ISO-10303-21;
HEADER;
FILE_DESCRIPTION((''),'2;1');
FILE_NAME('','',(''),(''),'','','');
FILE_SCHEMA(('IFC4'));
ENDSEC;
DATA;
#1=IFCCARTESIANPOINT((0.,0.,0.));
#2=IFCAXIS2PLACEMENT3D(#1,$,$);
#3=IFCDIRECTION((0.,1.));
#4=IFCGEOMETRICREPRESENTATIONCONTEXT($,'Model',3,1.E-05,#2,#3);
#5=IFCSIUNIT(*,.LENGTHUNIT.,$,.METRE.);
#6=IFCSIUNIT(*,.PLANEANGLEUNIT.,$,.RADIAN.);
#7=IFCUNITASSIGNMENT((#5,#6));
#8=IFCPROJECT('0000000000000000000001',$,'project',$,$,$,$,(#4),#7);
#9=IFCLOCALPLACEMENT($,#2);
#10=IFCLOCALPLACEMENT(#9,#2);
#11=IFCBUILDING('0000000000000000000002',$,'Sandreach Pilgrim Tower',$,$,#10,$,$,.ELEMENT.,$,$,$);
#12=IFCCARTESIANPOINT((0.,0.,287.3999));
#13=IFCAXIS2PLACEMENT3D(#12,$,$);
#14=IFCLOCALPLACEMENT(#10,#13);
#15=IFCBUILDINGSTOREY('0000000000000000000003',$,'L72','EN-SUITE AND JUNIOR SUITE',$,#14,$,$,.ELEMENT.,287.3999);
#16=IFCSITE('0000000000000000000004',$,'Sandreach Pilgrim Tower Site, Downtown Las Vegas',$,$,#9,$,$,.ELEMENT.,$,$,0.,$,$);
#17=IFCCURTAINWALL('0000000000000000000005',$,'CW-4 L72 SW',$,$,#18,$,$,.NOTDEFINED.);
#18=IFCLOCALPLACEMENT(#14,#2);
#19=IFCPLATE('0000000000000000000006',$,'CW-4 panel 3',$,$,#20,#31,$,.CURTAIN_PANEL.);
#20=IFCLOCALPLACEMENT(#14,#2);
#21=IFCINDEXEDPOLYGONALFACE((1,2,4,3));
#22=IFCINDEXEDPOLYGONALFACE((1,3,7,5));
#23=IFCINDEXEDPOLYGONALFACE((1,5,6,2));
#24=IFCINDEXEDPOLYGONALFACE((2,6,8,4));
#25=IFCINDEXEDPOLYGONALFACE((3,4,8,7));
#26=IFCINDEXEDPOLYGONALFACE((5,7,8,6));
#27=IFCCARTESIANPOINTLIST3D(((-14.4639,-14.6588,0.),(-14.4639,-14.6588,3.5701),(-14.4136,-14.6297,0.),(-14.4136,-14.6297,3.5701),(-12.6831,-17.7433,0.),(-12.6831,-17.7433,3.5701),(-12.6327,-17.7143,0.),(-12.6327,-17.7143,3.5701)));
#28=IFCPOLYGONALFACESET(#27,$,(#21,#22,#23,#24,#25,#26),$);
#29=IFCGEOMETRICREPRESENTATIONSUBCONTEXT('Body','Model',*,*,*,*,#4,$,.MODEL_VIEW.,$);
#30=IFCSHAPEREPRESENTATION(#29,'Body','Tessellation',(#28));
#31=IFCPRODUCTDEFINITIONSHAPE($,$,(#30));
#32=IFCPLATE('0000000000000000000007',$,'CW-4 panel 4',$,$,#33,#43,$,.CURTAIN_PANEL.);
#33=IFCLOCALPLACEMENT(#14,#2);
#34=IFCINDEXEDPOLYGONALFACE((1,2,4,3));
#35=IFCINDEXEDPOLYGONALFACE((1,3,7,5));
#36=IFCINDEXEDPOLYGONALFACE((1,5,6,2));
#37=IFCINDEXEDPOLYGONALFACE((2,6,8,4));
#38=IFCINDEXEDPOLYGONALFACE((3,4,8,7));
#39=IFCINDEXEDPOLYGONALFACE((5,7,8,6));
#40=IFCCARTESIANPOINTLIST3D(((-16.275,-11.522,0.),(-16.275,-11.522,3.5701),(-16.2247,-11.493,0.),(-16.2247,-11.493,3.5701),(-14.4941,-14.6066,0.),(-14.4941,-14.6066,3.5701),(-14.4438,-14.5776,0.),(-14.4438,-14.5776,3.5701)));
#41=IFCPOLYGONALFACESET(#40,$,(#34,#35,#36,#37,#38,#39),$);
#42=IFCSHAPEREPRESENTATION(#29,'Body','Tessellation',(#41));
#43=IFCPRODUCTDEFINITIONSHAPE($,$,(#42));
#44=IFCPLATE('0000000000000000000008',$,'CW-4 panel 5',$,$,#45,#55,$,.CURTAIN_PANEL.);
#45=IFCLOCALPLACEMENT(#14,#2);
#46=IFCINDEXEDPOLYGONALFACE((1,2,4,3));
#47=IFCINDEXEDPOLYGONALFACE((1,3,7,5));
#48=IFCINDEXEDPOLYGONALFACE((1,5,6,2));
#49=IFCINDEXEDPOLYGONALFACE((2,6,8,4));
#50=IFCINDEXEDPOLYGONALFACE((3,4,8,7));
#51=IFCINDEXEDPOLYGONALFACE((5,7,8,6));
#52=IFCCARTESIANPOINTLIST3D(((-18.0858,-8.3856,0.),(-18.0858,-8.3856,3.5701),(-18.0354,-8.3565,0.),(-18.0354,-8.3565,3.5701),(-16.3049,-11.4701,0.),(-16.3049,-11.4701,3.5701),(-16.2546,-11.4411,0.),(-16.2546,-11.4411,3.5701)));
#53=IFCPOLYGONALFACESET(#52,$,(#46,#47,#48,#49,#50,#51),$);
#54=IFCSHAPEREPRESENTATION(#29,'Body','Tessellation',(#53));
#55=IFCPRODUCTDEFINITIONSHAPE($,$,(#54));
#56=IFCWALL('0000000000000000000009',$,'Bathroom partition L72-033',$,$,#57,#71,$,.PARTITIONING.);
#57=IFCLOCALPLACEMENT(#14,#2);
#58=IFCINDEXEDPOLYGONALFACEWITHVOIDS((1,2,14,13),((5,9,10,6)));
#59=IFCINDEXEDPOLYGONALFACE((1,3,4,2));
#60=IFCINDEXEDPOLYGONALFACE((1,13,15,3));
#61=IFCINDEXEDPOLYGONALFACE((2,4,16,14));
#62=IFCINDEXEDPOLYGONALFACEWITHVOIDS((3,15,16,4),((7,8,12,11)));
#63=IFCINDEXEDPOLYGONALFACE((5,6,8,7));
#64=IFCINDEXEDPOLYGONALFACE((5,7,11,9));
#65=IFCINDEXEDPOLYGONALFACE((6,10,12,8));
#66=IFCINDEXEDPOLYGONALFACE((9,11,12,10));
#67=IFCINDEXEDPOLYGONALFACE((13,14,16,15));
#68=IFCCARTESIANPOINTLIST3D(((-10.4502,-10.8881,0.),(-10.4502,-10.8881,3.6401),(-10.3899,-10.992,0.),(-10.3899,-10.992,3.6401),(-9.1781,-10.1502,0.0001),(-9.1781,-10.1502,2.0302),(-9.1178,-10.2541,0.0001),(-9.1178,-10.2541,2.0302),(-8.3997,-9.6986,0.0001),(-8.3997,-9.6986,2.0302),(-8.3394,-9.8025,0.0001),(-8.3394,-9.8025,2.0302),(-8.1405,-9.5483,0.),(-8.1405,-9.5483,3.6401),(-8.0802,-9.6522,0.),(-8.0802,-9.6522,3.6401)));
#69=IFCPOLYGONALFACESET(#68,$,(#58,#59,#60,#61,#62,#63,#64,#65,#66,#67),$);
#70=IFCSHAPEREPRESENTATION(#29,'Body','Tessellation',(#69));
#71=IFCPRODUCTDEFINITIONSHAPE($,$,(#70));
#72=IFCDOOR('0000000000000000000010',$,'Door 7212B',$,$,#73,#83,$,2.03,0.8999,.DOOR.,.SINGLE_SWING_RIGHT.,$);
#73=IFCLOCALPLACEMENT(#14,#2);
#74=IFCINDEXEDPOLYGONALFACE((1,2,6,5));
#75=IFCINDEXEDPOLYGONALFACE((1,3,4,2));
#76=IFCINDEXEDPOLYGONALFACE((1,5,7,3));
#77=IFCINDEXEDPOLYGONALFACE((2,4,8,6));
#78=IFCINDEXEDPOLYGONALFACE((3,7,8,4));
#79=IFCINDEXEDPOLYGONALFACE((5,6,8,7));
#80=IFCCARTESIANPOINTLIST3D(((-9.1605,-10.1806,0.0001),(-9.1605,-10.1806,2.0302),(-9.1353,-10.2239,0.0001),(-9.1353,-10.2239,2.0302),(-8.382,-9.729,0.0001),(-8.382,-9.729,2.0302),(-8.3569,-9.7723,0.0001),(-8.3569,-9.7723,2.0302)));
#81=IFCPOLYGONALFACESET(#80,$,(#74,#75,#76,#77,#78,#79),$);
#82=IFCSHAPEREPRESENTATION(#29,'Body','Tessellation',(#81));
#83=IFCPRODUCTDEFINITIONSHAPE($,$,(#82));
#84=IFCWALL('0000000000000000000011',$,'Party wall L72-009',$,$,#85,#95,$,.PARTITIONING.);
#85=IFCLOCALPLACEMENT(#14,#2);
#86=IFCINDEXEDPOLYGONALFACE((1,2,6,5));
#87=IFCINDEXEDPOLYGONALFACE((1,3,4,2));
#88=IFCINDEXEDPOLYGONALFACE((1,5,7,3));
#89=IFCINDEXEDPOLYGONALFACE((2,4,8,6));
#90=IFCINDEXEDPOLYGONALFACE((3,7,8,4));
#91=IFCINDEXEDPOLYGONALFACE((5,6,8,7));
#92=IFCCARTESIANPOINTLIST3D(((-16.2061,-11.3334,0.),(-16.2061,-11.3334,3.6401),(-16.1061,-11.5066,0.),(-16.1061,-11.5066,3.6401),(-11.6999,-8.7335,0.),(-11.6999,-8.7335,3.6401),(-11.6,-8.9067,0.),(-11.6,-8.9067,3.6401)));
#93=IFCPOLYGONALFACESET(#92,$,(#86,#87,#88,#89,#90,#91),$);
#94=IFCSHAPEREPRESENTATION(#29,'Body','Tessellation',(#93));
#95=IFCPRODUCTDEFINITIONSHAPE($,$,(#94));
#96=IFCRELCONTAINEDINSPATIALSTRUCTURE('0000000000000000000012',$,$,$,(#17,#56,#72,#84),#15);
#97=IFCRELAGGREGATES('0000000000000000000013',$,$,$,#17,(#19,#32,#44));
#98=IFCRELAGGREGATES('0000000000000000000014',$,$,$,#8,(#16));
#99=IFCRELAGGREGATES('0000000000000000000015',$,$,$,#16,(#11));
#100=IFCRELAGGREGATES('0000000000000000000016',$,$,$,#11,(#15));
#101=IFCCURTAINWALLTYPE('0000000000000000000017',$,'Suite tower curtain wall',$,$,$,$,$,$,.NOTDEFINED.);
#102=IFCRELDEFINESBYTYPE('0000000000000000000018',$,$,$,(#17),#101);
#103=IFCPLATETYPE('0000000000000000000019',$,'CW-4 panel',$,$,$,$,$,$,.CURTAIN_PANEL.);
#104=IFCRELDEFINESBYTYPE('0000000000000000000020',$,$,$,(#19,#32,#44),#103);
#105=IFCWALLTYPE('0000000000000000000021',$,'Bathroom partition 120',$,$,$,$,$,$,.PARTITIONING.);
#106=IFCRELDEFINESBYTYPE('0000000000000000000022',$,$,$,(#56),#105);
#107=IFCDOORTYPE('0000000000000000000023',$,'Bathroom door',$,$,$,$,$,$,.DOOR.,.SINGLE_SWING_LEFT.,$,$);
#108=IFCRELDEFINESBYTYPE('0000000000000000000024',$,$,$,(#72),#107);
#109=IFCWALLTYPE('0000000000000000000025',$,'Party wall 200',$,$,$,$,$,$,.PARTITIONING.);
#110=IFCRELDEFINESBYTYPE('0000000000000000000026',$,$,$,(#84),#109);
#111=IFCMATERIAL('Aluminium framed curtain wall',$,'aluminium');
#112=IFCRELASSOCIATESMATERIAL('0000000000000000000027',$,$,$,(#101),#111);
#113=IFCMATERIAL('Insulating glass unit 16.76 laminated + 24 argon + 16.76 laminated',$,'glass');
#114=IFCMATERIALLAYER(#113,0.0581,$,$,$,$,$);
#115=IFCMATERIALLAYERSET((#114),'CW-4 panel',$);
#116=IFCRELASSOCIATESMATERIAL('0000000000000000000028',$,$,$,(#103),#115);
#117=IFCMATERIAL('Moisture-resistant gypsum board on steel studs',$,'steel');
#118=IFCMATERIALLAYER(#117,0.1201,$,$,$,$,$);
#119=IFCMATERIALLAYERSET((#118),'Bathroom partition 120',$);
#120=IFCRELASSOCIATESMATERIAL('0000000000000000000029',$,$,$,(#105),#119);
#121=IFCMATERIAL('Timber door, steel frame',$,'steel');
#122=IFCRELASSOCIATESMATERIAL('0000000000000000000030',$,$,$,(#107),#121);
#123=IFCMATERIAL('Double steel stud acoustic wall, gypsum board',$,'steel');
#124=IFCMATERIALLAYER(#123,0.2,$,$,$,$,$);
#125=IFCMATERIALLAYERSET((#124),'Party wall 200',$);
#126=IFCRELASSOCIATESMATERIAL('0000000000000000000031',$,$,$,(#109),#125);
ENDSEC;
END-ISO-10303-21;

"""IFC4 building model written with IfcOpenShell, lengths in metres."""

from ifc_helpers import new_model, si_unit, direction, frame, frame_2d, origin, origin_2d, place, context, subcontext, project, spatial, rectangle, extrude, material, layer, layer_set, type_object, element, fill, aggregate, save


model = new_model("IFC4")

# Units and contexts
model_context = context("Model", 3, precision=1e-05, world=origin(), true_north=direction((0.0, 1.0)))
body_context = subcontext(model_context, "Body", "Model", "MODEL_VIEW")
ifc_project = project(units=[si_unit("LENGTHUNIT", "METRE"), si_unit("PLANEANGLEUNIT", "RADIAN")], contexts=[model_context])

# Site, building, storey
site_placement = place(None, origin())
site = spatial("IfcSite", under=ifc_project, at=site_placement, Name="Sandreach Pilgrim Tower Site, Downtown Las Vegas", CompositionType="ELEMENT", RefElevation=0.0)
building_placement = place(site_placement, origin())
building = spatial("IfcBuilding", under=site, at=building_placement, Name="Sandreach Pilgrim Tower", CompositionType="ELEMENT")
storey_placement = place(building_placement, frame((0.0, 0.0, 287.3999)))
storey = spatial("IfcBuildingStorey", under=building, at=storey_placement, Name="L72", Description="EN-SUITE AND JUNIOR SUITE", CompositionType="ELEMENT", Elevation=287.3999)

# Curtain wall
ifc_material_1 = material(Name="Aluminium framed curtain wall", Category="aluminium")
curtain_wall_type = type_object("IfcCurtainWallType", Name="Suite tower curtain wall", PredefinedType="NOTDEFINED", material=ifc_material_1)
curtain_wall_placement = place(storey_placement, origin())
curtain_wall = element("IfcCurtainWall", 1, at=curtain_wall_placement, inside=storey, type_object=curtain_wall_type, Name="CW-4 L72 SW", PredefinedType="NOTDEFINED")

# Plates
ifc_material_2 = material(Name="Insulating glass unit 16.76 laminated + 24 argon + 16.76 laminated", Category="glass")
ifc_layer_1 = layer(ifc_material_2, 0.0581)
ifc_layer_set_1 = layer_set([ifc_layer_1], Name="CW-4 panel")
plate_type = type_object("IfcPlateType", Name="CW-4 panel", PredefinedType="CURTAIN_PANEL", material=ifc_layer_set_1)
plate_1_placement = place(storey_placement, frame((-13.5483, -16.1865, 0.0), z_axis=(0.0, 0.0, 1.0), x_axis=(-0.5, 0.866025, 0.0)))
plate_1 = element("IfcPlate", 2, at=plate_1_placement, type_object=plate_type, Name="CW-4 panel 3", PredefinedType="CURTAIN_PANEL", context=body_context, shape_type="SweptSolid", body=[
    extrude(rectangle(XDim=3.5618, YDim=0.0581, at=origin_2d()), origin(), (0.0, 0.0, 1.0), 3.5701),
])
plate_2_placement = place(storey_placement, frame((-15.3594, -13.0498, 0.0), z_axis=(0.0, 0.0, 1.0), x_axis=(-0.5, 0.866025, 0.0)))
plate_2 = element("IfcPlate", 3, at=plate_2_placement, type_object=plate_type, Name="CW-4 panel 4", PredefinedType="CURTAIN_PANEL", context=body_context, shape_type="SweptSolid", body=[
    extrude(rectangle(XDim=3.5618, YDim=0.0581, at=origin_2d()), origin(), (0.0, 0.0, 1.0), 3.5701),
])
plate_3_placement = place(storey_placement, frame((-17.1702, -9.9133, 0.0), z_axis=(0.0, 0.0, 1.0), x_axis=(-0.5, 0.866025, 0.0)))
plate_3 = element("IfcPlate", 4, at=plate_3_placement, type_object=plate_type, Name="CW-4 panel 5", PredefinedType="CURTAIN_PANEL", context=body_context, shape_type="SweptSolid", body=[
    extrude(rectangle(XDim=3.5618, YDim=0.0581, at=origin_2d()), origin(), (0.0, 0.0, 1.0), 3.5701),
])
aggregate(curtain_wall, [plate_1, plate_2, plate_3])

# Wall, opening, door
ifc_material_3 = material(Name="Moisture-resistant gypsum board on steel studs", Category="steel")
ifc_layer_2 = layer(ifc_material_3, 0.1201)
ifc_layer_set_2 = layer_set([ifc_layer_2], Name="Bathroom partition 120")
wall_type_1 = type_object("IfcWallType", Name="Bathroom partition 120", PredefinedType="PARTITIONING", material=ifc_layer_set_2)
wall_1_placement = place(storey_placement, frame((-10.4199, -10.9399, 0.0), z_axis=(0.0, 0.0, 1.0), x_axis=(0.865007, 0.501761, 0.0)))
wall_1 = element("IfcWall", 5, at=wall_1_placement, inside=storey, type_object=wall_type_1, Name="Bathroom partition L72-033", PredefinedType="PARTITIONING", context=body_context, shape_type="SweptSolid", body=[
    extrude(rectangle(XDim=2.6702, YDim=0.1201, at=frame_2d((1.335, 0.0))), origin(), (0.0, 0.0, 1.0), 3.6401),
])
opening_placement = place(wall_1_placement, frame((1.4705, 0.0, 0.0)))
opening = element("IfcOpeningElement", 6, at=opening_placement, cuts=wall_1, PredefinedType="OPENING", context=body_context, shape_type="SweptSolid", body=[
    extrude(rectangle(XDim=0.8999, YDim=2.03, at=frame_2d((0.45, 1.0151))), frame((0.0, 0.0601, 0.0), z_axis=(0.0, -1.0, 0.0), x_axis=(1.0, 0.0, 0.0)), (0.0, 0.0, 1.0), 0.1201),
])
ifc_material_4 = material(Name="Timber door, steel frame", Category="steel")
door_type = type_object("IfcDoorType", Name="Bathroom door", OperationType="SINGLE_SWING_LEFT", PredefinedType="DOOR", material=ifc_material_4)
door_placement = place(opening_placement, origin())
door = element("IfcDoor", 7, at=door_placement, inside=storey, type_object=door_type, Name="Door 7212B", OperationType="SINGLE_SWING_RIGHT", OverallHeight=2.03, OverallWidth=0.8999, PredefinedType="DOOR", context=body_context, shape_type="SweptSolid", body=[
    extrude(rectangle(XDim=0.8999, YDim=2.03, at=frame_2d((0.45, 1.0151))), frame((0.0, 0.0249, 0.0), z_axis=(0.0, -1.0, 0.0), x_axis=(1.0, 0.0, 0.0)), (0.0, 0.0, 1.0), 0.05),
])
fill(opening, door)

# Wall
ifc_material_5 = material(Name="Double steel stud acoustic wall, gypsum board", Category="steel")
ifc_layer_3 = layer(ifc_material_5, 0.2)
ifc_layer_set_3 = layer_set([ifc_layer_3], Name="Party wall 200")
wall_type_2 = type_object("IfcWallType", Name="Party wall 200", PredefinedType="PARTITIONING", material=ifc_layer_set_3)
wall_2_placement = place(storey_placement, frame((-16.156, -11.4199, 0.0), z_axis=(0.0, 0.0, 1.0), x_axis=(0.866171, 0.499748, 0.0)))
element("IfcWall", 8, at=wall_2_placement, inside=storey, type_object=wall_type_2, Name="Party wall L72-009", PredefinedType="PARTITIONING", context=body_context, shape_type="SweptSolid", body=[
    extrude(rectangle(XDim=5.2024, YDim=0.2, at=frame_2d((2.6011, 0.0))), origin(), (0.0, 0.0, 1.0), 3.6401),
])

save(model, "model.ifc")
